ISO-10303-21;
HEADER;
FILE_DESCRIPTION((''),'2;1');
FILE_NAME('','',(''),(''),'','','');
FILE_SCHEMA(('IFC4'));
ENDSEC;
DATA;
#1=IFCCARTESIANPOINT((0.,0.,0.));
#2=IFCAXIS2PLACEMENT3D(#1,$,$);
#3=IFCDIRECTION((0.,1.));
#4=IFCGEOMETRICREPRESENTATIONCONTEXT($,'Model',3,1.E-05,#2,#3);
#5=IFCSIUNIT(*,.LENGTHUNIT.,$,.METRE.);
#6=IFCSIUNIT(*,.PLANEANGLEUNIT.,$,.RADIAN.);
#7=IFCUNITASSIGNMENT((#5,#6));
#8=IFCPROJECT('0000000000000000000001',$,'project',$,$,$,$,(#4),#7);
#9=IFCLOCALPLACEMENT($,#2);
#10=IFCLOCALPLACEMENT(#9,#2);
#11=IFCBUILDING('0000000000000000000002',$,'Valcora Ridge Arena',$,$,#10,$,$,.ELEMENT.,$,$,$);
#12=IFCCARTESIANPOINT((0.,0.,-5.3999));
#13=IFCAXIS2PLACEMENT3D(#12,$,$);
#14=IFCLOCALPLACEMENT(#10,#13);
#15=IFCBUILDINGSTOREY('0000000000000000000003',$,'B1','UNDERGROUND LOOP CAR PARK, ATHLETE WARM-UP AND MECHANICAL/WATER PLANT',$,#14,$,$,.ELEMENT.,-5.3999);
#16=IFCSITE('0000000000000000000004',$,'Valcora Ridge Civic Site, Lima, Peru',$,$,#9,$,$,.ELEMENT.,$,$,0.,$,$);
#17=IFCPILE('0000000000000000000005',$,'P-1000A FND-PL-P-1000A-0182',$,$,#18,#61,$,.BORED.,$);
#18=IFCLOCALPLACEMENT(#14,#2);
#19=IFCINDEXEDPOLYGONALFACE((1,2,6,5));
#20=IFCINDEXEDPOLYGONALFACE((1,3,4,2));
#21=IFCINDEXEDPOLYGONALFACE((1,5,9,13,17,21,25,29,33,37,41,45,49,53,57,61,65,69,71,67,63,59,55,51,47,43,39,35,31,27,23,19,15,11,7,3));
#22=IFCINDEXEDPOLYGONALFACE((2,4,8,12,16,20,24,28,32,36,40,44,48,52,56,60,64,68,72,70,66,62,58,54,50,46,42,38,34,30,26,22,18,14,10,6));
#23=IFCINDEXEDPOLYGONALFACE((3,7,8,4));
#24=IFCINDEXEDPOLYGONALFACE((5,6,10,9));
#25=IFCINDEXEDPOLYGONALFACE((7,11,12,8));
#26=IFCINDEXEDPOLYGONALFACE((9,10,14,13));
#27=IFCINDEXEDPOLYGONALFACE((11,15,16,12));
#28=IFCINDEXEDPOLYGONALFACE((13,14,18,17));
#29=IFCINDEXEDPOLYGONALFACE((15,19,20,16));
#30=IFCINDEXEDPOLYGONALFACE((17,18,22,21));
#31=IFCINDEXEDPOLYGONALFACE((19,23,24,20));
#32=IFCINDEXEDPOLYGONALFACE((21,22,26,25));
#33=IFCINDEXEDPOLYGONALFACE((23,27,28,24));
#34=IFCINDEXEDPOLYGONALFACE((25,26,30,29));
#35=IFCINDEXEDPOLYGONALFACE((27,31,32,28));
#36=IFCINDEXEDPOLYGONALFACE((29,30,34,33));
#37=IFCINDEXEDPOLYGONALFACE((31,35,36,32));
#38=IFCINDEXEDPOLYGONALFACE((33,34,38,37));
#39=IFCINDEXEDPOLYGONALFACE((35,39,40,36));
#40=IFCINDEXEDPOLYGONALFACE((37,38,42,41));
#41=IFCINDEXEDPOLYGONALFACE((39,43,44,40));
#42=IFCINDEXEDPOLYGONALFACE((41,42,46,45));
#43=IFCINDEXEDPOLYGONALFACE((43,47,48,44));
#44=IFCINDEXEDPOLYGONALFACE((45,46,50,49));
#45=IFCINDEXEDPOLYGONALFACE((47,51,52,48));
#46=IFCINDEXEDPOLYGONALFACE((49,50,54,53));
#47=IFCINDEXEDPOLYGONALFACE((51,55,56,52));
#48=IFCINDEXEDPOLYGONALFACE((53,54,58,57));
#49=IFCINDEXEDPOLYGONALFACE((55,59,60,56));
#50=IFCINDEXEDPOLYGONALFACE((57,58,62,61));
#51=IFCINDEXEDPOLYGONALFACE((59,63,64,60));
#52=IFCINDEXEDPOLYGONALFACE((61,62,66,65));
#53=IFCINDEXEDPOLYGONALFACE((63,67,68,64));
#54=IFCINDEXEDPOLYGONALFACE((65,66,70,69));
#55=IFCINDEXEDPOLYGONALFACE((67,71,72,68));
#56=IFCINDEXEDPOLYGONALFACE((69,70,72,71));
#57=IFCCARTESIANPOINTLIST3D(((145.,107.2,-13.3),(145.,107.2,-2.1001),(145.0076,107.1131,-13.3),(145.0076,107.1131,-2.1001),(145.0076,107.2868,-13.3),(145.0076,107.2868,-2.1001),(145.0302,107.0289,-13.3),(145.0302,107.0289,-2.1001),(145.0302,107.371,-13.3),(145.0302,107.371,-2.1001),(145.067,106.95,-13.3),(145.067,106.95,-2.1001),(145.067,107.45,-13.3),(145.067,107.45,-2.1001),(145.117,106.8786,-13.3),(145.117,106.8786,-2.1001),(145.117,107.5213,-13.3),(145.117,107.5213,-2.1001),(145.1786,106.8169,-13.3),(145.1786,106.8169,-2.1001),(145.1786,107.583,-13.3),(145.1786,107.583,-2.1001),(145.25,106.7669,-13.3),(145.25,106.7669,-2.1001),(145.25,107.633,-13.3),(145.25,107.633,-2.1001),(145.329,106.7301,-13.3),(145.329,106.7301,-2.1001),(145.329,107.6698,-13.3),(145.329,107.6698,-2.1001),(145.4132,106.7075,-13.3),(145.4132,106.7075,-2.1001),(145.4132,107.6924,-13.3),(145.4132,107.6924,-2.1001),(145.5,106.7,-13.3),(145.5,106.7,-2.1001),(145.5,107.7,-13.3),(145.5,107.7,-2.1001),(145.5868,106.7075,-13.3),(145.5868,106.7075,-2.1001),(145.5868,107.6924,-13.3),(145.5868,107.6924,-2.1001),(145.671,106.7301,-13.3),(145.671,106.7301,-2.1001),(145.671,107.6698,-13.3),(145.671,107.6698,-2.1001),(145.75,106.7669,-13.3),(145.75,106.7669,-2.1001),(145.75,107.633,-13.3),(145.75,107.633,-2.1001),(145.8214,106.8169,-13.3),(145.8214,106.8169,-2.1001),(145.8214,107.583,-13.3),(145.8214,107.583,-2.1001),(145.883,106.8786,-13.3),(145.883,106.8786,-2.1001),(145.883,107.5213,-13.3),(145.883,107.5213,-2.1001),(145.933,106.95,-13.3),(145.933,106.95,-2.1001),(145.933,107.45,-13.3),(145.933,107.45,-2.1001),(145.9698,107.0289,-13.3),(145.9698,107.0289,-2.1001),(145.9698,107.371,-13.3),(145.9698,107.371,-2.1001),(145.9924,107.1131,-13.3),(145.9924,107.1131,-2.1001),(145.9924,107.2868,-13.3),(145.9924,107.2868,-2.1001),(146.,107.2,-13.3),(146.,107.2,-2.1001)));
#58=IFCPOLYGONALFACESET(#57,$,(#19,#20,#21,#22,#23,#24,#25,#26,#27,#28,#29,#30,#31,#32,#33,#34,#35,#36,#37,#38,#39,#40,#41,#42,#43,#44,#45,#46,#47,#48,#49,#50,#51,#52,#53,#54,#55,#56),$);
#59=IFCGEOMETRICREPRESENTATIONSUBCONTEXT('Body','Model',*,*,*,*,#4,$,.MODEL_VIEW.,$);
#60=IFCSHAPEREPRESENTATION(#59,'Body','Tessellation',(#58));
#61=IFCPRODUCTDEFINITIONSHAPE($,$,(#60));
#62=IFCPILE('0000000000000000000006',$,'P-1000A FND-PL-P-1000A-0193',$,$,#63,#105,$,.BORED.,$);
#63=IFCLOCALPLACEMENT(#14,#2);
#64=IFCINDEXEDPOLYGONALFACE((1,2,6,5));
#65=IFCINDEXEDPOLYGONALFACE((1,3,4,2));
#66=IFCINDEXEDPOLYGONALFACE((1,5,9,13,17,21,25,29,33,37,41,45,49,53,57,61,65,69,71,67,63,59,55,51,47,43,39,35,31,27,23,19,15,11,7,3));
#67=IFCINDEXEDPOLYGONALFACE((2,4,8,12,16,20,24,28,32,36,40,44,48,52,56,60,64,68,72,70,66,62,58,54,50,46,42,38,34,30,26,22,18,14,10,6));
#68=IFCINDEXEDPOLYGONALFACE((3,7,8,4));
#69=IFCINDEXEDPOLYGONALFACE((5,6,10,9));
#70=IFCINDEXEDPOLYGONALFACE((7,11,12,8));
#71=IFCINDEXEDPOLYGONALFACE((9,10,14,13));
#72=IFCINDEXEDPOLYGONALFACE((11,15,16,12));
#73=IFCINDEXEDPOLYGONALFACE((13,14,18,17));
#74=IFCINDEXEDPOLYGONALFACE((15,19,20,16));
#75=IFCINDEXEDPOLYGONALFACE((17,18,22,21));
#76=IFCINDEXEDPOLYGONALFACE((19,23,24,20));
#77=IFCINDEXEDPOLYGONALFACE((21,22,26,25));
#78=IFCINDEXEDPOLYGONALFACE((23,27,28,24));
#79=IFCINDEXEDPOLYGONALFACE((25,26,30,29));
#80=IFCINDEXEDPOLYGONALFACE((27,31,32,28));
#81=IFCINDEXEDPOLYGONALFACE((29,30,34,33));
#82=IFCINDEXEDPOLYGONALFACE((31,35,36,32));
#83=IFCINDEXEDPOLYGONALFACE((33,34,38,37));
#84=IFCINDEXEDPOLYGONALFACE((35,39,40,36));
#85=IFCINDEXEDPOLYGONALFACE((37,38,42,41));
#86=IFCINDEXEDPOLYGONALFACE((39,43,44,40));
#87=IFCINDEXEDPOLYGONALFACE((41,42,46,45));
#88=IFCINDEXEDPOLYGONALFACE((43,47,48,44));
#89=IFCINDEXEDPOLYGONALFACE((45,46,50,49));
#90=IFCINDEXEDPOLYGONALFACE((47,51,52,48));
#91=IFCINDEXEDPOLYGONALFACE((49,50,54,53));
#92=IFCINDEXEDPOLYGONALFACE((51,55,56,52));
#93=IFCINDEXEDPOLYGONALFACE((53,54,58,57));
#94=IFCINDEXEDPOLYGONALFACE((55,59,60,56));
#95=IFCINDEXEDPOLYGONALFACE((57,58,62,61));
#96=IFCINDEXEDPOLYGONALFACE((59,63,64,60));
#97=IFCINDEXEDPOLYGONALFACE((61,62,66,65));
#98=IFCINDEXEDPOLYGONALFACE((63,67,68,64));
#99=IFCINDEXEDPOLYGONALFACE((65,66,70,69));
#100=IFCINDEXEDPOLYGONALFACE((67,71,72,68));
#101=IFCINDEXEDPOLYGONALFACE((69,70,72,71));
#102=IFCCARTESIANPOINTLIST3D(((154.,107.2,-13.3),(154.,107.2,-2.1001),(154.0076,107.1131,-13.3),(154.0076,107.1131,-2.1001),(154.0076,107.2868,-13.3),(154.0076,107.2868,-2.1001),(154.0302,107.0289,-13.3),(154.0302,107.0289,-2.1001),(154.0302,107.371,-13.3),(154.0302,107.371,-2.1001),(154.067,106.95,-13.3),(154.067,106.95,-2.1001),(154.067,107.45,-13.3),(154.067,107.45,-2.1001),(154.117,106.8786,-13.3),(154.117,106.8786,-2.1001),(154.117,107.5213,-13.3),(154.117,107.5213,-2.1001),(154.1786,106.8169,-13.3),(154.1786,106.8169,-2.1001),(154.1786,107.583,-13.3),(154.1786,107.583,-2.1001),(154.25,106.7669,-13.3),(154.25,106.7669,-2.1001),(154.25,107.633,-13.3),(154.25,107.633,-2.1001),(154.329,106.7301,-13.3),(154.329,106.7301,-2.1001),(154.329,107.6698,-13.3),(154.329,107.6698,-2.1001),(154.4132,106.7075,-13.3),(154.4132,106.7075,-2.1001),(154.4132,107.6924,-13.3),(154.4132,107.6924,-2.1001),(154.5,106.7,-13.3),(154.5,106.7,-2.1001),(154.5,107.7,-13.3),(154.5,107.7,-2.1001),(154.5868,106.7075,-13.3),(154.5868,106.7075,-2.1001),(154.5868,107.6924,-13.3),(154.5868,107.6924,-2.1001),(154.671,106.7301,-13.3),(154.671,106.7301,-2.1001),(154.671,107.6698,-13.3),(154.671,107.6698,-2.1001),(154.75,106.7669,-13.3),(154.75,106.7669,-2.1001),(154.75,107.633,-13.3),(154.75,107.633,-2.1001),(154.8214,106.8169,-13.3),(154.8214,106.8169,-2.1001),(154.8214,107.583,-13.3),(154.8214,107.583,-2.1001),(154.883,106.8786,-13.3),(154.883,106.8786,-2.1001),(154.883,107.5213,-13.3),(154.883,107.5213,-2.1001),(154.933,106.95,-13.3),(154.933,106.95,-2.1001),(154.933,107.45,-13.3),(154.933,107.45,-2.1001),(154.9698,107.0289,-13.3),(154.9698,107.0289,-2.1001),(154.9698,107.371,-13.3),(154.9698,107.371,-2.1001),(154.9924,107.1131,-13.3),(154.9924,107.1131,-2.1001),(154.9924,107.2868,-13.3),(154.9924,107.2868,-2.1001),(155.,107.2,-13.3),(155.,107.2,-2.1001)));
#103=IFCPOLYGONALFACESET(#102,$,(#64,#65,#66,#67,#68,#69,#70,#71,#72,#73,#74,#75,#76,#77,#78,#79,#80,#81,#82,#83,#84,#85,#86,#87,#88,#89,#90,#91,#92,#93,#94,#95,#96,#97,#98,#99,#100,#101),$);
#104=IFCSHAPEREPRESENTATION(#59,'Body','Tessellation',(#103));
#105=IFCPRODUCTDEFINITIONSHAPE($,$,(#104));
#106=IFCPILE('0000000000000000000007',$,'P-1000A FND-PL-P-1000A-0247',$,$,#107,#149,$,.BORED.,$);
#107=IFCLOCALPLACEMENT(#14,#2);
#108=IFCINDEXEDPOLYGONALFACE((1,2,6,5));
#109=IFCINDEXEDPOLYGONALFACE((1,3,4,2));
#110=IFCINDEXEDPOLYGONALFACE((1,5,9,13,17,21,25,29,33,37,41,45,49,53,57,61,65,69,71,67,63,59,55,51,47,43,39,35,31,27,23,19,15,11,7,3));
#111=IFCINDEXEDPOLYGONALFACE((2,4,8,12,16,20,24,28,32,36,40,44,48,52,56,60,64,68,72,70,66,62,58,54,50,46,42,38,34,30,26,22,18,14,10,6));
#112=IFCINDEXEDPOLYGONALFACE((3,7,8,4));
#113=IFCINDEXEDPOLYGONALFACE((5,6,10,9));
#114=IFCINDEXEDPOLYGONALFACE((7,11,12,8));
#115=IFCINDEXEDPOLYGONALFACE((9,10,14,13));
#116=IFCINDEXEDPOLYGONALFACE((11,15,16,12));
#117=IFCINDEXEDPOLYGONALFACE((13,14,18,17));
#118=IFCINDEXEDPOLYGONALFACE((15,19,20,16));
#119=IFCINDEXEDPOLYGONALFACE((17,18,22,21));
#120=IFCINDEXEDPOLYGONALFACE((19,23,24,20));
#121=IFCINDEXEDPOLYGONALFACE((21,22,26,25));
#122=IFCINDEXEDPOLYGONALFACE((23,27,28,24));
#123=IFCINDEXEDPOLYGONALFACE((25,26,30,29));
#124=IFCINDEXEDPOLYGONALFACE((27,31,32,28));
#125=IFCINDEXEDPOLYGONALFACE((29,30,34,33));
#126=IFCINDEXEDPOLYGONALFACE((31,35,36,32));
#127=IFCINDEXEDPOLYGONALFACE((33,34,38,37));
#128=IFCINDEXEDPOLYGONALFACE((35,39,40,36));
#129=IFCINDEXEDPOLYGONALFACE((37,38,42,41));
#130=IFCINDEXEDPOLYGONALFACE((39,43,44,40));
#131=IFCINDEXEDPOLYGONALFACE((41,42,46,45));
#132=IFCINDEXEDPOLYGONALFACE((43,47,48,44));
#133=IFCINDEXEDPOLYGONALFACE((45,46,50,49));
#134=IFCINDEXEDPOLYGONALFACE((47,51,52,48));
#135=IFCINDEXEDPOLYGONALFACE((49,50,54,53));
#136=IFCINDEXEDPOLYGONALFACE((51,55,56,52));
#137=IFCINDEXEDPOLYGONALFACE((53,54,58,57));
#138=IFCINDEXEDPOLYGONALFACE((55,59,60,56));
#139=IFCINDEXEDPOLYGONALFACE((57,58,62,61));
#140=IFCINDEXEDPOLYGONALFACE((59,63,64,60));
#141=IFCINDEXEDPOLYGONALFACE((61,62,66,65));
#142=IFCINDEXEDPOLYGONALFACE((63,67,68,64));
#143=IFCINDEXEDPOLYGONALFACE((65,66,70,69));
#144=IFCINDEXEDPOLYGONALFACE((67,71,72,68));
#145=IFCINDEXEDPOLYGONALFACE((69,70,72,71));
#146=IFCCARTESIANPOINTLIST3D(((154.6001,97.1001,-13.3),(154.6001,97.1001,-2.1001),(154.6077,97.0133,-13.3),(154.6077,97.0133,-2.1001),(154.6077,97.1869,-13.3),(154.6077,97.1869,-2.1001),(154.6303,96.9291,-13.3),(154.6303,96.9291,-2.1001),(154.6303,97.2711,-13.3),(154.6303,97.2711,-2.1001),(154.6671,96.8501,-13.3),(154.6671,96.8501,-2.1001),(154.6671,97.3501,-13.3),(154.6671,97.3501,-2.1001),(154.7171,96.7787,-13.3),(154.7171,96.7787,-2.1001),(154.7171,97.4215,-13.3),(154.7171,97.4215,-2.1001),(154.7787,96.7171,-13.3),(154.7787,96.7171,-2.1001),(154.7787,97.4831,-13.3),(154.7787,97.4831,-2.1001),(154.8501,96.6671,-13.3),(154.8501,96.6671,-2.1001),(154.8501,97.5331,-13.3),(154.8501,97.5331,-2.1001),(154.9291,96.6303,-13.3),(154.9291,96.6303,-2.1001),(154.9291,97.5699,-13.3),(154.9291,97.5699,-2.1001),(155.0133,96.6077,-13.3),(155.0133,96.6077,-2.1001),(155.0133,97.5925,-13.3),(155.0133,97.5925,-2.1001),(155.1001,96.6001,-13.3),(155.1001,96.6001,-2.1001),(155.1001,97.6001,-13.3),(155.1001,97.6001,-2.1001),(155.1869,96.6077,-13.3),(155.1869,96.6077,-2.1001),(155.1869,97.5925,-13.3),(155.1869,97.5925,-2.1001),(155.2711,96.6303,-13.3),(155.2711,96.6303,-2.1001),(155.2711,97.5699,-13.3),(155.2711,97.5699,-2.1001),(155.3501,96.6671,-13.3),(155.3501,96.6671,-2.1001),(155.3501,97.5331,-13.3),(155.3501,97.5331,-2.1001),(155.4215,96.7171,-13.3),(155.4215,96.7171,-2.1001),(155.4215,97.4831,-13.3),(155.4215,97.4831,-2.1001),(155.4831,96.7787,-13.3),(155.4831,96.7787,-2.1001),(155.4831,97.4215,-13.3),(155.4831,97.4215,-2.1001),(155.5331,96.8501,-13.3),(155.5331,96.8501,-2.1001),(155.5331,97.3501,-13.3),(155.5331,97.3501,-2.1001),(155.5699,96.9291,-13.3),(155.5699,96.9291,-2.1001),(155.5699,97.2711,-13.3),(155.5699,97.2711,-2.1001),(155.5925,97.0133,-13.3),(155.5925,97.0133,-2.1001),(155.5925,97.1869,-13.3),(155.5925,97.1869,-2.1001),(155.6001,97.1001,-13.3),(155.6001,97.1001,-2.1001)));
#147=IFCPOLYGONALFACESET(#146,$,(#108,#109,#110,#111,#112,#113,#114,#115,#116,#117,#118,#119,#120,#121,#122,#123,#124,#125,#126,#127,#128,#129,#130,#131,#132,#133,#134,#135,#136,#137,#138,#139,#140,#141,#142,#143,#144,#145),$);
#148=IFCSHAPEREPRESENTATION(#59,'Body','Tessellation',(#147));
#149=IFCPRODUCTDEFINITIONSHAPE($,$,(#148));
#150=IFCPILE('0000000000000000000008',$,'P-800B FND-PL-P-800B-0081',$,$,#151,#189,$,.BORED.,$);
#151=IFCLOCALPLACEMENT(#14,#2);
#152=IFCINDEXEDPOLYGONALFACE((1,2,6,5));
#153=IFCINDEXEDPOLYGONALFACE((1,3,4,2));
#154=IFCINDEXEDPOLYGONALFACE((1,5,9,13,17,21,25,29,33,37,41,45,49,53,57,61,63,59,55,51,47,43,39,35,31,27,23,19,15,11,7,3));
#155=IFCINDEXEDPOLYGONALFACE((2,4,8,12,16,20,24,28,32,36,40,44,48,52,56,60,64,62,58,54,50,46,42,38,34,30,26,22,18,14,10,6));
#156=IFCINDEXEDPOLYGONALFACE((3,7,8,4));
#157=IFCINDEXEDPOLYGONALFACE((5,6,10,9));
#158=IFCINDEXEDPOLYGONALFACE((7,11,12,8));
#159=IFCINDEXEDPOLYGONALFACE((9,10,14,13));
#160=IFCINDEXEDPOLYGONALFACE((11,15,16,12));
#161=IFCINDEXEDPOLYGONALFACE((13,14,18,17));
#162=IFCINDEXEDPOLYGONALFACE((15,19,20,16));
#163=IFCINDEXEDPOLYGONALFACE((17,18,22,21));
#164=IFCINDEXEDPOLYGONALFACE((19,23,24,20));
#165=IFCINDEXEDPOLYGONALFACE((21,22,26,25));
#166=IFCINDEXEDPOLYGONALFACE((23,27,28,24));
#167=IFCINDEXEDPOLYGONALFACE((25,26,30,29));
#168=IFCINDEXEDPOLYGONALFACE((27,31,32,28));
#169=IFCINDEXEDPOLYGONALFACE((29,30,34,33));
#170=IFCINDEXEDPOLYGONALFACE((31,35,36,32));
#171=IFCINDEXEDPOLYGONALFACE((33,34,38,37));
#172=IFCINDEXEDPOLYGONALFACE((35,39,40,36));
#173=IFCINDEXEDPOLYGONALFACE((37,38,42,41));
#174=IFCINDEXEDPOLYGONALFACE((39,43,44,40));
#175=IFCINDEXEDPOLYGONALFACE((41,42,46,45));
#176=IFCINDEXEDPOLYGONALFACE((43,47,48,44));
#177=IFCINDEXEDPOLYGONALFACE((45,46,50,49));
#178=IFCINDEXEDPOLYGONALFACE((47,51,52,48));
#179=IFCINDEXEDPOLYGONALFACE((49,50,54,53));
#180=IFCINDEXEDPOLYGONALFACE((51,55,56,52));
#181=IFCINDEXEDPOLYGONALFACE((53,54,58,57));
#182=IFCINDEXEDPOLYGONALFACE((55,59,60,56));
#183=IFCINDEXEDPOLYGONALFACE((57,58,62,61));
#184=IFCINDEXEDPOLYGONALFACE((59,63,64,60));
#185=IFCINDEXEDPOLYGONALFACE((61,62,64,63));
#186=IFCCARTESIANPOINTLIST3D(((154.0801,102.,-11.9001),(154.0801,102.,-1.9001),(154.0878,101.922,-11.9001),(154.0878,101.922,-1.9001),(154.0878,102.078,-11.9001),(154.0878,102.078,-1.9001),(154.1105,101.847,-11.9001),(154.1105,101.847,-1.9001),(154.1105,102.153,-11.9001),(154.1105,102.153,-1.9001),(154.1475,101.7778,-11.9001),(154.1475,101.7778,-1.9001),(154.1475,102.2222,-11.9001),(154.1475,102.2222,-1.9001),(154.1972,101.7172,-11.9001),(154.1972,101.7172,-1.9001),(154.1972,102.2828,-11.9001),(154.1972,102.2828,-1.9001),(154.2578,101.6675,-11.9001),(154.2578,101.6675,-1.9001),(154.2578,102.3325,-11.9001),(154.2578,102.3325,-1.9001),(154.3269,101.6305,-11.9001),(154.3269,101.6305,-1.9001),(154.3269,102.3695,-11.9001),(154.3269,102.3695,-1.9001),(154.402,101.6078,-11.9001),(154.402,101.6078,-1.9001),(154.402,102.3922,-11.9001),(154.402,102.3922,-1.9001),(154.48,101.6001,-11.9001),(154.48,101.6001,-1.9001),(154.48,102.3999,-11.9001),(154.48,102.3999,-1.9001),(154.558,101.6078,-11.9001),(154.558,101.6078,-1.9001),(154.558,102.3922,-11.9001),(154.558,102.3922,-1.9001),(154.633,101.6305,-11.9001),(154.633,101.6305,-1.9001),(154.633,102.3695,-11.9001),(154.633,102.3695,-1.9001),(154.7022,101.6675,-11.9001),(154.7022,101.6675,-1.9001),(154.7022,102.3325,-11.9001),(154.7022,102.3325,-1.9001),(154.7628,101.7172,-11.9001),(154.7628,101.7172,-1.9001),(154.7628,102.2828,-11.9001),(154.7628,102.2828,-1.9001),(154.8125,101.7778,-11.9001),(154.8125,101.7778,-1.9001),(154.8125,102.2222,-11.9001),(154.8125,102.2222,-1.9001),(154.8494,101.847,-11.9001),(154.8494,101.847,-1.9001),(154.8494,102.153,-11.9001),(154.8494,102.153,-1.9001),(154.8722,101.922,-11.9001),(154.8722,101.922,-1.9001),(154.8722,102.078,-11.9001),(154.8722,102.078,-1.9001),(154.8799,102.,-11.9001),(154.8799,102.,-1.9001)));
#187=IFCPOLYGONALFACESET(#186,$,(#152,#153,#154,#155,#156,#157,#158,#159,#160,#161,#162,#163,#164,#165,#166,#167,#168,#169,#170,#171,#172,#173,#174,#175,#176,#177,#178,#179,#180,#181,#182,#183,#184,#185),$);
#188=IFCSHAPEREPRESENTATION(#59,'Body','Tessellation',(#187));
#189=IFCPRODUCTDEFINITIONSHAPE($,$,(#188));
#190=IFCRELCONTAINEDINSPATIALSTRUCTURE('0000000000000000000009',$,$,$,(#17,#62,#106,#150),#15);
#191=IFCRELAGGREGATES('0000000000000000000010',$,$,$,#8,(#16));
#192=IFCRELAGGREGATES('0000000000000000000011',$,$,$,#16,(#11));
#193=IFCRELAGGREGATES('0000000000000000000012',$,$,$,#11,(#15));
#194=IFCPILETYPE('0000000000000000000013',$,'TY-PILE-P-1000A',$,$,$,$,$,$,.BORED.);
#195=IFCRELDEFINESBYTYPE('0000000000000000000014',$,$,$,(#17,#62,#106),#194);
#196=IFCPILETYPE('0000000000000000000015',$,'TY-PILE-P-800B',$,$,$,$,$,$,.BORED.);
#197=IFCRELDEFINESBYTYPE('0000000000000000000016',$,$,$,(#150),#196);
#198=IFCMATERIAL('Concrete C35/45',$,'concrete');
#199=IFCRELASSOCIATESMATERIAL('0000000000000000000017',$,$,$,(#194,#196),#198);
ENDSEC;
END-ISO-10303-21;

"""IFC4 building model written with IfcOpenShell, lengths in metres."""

from ifc_helpers import new_model, si_unit, direction, frame, origin, origin_2d, place, context, subcontext, project, spatial, circle, extrude, material, material_profile, profile_set, type_object, element, save


model = new_model("IFC4")

# Units and contexts
model_context = context("Model", 3, precision=1e-05, world=origin(), true_north=direction((0.0, 1.0)))
body_context = subcontext(model_context, "Body", "Model", "MODEL_VIEW")
ifc_project = project(units=[si_unit("LENGTHUNIT", "METRE"), si_unit("PLANEANGLEUNIT", "RADIAN")], contexts=[model_context])

# Site, building, storey
site_placement = place(None, origin())
site = spatial("IfcSite", under=ifc_project, at=site_placement, Name="Valcora Ridge Civic Site, Lima, Peru", CompositionType="ELEMENT", RefElevation=0.0)
building_placement = place(site_placement, origin())
building = spatial("IfcBuilding", under=site, at=building_placement, Name="Valcora Ridge Arena", CompositionType="ELEMENT")
storey_placement = place(building_placement, frame((0.0, 0.0, -5.3999)))
storey = spatial("IfcBuildingStorey", under=building, at=storey_placement, Name="B1", Description="UNDERGROUND LOOP CAR PARK, ATHLETE WARM-UP AND MECHANICAL/WATER PLANT", CompositionType="ELEMENT", Elevation=-5.3999)

# Piles
ifc_material_1 = material(Name="Concrete C35/45", Category="concrete")
ifc_material_profile_1 = material_profile(ifc_material_1, circle(Radius=0.5, at=origin_2d()), Name="BORED PILE D1000")
ifc_profile_set_1 = profile_set([ifc_material_profile_1], Name="Concrete C35/45")
pile_type_1 = type_object("IfcPileType", Name="TY-PILE-P-1000A", PredefinedType="BORED", material=ifc_profile_set_1)
for number, where, z_axis, x_axis, name in (
    (1, (145.5, 107.2, -2.1001), (0.0, 0.0, -1.0), (1.0, 0.0, 0.0), "P-1000A FND-PL-P-1000A-0182"),
    (2, (154.5, 107.2, -2.1001), (0.0, 0.0, -1.0), (1.0, 0.0, 0.0), "P-1000A FND-PL-P-1000A-0193"),
    (3, (155.1001, 97.1001, -2.1001), (0.0, 0.0, -1.0), (1.0, 0.0, 0.0), "P-1000A FND-PL-P-1000A-0247"),
):
    element("IfcPile", number, at=place(storey_placement, frame(where, z_axis=z_axis, x_axis=x_axis)), inside=storey, type_object=pile_type_1, Name=name, PredefinedType="BORED", context=body_context, shape_type="SweptSolid", body=[
        extrude(circle(Radius=0.5, at=origin_2d()), origin(), (0.0, 0.0, 1.0), 11.2),
    ])
ifc_material_profile_2 = material_profile(ifc_material_1, circle(Radius=0.3999, at=origin_2d()), Name="BORED PILE D800")
ifc_profile_set_2 = profile_set([ifc_material_profile_2], Name="Concrete C35/45")
pile_type_2 = type_object("IfcPileType", Name="TY-PILE-P-800B", PredefinedType="BORED", material=ifc_profile_set_2)
for number, where, z_axis, x_axis, name in (
    (4, (154.48, 102.0, -1.9001), (0.0, 0.0, -1.0), (1.0, 0.0, 0.0), "P-800B FND-PL-P-800B-0081"),
):
    element("IfcPile", number, at=place(storey_placement, frame(where, z_axis=z_axis, x_axis=x_axis)), inside=storey, type_object=pile_type_2, Name=name, PredefinedType="BORED", context=body_context, shape_type="SweptSolid", body=[
        extrude(circle(Radius=0.3999, at=origin_2d()), origin(), (0.0, 0.0, 1.0), 10.0),
    ])

save(model, "model.ifc")
